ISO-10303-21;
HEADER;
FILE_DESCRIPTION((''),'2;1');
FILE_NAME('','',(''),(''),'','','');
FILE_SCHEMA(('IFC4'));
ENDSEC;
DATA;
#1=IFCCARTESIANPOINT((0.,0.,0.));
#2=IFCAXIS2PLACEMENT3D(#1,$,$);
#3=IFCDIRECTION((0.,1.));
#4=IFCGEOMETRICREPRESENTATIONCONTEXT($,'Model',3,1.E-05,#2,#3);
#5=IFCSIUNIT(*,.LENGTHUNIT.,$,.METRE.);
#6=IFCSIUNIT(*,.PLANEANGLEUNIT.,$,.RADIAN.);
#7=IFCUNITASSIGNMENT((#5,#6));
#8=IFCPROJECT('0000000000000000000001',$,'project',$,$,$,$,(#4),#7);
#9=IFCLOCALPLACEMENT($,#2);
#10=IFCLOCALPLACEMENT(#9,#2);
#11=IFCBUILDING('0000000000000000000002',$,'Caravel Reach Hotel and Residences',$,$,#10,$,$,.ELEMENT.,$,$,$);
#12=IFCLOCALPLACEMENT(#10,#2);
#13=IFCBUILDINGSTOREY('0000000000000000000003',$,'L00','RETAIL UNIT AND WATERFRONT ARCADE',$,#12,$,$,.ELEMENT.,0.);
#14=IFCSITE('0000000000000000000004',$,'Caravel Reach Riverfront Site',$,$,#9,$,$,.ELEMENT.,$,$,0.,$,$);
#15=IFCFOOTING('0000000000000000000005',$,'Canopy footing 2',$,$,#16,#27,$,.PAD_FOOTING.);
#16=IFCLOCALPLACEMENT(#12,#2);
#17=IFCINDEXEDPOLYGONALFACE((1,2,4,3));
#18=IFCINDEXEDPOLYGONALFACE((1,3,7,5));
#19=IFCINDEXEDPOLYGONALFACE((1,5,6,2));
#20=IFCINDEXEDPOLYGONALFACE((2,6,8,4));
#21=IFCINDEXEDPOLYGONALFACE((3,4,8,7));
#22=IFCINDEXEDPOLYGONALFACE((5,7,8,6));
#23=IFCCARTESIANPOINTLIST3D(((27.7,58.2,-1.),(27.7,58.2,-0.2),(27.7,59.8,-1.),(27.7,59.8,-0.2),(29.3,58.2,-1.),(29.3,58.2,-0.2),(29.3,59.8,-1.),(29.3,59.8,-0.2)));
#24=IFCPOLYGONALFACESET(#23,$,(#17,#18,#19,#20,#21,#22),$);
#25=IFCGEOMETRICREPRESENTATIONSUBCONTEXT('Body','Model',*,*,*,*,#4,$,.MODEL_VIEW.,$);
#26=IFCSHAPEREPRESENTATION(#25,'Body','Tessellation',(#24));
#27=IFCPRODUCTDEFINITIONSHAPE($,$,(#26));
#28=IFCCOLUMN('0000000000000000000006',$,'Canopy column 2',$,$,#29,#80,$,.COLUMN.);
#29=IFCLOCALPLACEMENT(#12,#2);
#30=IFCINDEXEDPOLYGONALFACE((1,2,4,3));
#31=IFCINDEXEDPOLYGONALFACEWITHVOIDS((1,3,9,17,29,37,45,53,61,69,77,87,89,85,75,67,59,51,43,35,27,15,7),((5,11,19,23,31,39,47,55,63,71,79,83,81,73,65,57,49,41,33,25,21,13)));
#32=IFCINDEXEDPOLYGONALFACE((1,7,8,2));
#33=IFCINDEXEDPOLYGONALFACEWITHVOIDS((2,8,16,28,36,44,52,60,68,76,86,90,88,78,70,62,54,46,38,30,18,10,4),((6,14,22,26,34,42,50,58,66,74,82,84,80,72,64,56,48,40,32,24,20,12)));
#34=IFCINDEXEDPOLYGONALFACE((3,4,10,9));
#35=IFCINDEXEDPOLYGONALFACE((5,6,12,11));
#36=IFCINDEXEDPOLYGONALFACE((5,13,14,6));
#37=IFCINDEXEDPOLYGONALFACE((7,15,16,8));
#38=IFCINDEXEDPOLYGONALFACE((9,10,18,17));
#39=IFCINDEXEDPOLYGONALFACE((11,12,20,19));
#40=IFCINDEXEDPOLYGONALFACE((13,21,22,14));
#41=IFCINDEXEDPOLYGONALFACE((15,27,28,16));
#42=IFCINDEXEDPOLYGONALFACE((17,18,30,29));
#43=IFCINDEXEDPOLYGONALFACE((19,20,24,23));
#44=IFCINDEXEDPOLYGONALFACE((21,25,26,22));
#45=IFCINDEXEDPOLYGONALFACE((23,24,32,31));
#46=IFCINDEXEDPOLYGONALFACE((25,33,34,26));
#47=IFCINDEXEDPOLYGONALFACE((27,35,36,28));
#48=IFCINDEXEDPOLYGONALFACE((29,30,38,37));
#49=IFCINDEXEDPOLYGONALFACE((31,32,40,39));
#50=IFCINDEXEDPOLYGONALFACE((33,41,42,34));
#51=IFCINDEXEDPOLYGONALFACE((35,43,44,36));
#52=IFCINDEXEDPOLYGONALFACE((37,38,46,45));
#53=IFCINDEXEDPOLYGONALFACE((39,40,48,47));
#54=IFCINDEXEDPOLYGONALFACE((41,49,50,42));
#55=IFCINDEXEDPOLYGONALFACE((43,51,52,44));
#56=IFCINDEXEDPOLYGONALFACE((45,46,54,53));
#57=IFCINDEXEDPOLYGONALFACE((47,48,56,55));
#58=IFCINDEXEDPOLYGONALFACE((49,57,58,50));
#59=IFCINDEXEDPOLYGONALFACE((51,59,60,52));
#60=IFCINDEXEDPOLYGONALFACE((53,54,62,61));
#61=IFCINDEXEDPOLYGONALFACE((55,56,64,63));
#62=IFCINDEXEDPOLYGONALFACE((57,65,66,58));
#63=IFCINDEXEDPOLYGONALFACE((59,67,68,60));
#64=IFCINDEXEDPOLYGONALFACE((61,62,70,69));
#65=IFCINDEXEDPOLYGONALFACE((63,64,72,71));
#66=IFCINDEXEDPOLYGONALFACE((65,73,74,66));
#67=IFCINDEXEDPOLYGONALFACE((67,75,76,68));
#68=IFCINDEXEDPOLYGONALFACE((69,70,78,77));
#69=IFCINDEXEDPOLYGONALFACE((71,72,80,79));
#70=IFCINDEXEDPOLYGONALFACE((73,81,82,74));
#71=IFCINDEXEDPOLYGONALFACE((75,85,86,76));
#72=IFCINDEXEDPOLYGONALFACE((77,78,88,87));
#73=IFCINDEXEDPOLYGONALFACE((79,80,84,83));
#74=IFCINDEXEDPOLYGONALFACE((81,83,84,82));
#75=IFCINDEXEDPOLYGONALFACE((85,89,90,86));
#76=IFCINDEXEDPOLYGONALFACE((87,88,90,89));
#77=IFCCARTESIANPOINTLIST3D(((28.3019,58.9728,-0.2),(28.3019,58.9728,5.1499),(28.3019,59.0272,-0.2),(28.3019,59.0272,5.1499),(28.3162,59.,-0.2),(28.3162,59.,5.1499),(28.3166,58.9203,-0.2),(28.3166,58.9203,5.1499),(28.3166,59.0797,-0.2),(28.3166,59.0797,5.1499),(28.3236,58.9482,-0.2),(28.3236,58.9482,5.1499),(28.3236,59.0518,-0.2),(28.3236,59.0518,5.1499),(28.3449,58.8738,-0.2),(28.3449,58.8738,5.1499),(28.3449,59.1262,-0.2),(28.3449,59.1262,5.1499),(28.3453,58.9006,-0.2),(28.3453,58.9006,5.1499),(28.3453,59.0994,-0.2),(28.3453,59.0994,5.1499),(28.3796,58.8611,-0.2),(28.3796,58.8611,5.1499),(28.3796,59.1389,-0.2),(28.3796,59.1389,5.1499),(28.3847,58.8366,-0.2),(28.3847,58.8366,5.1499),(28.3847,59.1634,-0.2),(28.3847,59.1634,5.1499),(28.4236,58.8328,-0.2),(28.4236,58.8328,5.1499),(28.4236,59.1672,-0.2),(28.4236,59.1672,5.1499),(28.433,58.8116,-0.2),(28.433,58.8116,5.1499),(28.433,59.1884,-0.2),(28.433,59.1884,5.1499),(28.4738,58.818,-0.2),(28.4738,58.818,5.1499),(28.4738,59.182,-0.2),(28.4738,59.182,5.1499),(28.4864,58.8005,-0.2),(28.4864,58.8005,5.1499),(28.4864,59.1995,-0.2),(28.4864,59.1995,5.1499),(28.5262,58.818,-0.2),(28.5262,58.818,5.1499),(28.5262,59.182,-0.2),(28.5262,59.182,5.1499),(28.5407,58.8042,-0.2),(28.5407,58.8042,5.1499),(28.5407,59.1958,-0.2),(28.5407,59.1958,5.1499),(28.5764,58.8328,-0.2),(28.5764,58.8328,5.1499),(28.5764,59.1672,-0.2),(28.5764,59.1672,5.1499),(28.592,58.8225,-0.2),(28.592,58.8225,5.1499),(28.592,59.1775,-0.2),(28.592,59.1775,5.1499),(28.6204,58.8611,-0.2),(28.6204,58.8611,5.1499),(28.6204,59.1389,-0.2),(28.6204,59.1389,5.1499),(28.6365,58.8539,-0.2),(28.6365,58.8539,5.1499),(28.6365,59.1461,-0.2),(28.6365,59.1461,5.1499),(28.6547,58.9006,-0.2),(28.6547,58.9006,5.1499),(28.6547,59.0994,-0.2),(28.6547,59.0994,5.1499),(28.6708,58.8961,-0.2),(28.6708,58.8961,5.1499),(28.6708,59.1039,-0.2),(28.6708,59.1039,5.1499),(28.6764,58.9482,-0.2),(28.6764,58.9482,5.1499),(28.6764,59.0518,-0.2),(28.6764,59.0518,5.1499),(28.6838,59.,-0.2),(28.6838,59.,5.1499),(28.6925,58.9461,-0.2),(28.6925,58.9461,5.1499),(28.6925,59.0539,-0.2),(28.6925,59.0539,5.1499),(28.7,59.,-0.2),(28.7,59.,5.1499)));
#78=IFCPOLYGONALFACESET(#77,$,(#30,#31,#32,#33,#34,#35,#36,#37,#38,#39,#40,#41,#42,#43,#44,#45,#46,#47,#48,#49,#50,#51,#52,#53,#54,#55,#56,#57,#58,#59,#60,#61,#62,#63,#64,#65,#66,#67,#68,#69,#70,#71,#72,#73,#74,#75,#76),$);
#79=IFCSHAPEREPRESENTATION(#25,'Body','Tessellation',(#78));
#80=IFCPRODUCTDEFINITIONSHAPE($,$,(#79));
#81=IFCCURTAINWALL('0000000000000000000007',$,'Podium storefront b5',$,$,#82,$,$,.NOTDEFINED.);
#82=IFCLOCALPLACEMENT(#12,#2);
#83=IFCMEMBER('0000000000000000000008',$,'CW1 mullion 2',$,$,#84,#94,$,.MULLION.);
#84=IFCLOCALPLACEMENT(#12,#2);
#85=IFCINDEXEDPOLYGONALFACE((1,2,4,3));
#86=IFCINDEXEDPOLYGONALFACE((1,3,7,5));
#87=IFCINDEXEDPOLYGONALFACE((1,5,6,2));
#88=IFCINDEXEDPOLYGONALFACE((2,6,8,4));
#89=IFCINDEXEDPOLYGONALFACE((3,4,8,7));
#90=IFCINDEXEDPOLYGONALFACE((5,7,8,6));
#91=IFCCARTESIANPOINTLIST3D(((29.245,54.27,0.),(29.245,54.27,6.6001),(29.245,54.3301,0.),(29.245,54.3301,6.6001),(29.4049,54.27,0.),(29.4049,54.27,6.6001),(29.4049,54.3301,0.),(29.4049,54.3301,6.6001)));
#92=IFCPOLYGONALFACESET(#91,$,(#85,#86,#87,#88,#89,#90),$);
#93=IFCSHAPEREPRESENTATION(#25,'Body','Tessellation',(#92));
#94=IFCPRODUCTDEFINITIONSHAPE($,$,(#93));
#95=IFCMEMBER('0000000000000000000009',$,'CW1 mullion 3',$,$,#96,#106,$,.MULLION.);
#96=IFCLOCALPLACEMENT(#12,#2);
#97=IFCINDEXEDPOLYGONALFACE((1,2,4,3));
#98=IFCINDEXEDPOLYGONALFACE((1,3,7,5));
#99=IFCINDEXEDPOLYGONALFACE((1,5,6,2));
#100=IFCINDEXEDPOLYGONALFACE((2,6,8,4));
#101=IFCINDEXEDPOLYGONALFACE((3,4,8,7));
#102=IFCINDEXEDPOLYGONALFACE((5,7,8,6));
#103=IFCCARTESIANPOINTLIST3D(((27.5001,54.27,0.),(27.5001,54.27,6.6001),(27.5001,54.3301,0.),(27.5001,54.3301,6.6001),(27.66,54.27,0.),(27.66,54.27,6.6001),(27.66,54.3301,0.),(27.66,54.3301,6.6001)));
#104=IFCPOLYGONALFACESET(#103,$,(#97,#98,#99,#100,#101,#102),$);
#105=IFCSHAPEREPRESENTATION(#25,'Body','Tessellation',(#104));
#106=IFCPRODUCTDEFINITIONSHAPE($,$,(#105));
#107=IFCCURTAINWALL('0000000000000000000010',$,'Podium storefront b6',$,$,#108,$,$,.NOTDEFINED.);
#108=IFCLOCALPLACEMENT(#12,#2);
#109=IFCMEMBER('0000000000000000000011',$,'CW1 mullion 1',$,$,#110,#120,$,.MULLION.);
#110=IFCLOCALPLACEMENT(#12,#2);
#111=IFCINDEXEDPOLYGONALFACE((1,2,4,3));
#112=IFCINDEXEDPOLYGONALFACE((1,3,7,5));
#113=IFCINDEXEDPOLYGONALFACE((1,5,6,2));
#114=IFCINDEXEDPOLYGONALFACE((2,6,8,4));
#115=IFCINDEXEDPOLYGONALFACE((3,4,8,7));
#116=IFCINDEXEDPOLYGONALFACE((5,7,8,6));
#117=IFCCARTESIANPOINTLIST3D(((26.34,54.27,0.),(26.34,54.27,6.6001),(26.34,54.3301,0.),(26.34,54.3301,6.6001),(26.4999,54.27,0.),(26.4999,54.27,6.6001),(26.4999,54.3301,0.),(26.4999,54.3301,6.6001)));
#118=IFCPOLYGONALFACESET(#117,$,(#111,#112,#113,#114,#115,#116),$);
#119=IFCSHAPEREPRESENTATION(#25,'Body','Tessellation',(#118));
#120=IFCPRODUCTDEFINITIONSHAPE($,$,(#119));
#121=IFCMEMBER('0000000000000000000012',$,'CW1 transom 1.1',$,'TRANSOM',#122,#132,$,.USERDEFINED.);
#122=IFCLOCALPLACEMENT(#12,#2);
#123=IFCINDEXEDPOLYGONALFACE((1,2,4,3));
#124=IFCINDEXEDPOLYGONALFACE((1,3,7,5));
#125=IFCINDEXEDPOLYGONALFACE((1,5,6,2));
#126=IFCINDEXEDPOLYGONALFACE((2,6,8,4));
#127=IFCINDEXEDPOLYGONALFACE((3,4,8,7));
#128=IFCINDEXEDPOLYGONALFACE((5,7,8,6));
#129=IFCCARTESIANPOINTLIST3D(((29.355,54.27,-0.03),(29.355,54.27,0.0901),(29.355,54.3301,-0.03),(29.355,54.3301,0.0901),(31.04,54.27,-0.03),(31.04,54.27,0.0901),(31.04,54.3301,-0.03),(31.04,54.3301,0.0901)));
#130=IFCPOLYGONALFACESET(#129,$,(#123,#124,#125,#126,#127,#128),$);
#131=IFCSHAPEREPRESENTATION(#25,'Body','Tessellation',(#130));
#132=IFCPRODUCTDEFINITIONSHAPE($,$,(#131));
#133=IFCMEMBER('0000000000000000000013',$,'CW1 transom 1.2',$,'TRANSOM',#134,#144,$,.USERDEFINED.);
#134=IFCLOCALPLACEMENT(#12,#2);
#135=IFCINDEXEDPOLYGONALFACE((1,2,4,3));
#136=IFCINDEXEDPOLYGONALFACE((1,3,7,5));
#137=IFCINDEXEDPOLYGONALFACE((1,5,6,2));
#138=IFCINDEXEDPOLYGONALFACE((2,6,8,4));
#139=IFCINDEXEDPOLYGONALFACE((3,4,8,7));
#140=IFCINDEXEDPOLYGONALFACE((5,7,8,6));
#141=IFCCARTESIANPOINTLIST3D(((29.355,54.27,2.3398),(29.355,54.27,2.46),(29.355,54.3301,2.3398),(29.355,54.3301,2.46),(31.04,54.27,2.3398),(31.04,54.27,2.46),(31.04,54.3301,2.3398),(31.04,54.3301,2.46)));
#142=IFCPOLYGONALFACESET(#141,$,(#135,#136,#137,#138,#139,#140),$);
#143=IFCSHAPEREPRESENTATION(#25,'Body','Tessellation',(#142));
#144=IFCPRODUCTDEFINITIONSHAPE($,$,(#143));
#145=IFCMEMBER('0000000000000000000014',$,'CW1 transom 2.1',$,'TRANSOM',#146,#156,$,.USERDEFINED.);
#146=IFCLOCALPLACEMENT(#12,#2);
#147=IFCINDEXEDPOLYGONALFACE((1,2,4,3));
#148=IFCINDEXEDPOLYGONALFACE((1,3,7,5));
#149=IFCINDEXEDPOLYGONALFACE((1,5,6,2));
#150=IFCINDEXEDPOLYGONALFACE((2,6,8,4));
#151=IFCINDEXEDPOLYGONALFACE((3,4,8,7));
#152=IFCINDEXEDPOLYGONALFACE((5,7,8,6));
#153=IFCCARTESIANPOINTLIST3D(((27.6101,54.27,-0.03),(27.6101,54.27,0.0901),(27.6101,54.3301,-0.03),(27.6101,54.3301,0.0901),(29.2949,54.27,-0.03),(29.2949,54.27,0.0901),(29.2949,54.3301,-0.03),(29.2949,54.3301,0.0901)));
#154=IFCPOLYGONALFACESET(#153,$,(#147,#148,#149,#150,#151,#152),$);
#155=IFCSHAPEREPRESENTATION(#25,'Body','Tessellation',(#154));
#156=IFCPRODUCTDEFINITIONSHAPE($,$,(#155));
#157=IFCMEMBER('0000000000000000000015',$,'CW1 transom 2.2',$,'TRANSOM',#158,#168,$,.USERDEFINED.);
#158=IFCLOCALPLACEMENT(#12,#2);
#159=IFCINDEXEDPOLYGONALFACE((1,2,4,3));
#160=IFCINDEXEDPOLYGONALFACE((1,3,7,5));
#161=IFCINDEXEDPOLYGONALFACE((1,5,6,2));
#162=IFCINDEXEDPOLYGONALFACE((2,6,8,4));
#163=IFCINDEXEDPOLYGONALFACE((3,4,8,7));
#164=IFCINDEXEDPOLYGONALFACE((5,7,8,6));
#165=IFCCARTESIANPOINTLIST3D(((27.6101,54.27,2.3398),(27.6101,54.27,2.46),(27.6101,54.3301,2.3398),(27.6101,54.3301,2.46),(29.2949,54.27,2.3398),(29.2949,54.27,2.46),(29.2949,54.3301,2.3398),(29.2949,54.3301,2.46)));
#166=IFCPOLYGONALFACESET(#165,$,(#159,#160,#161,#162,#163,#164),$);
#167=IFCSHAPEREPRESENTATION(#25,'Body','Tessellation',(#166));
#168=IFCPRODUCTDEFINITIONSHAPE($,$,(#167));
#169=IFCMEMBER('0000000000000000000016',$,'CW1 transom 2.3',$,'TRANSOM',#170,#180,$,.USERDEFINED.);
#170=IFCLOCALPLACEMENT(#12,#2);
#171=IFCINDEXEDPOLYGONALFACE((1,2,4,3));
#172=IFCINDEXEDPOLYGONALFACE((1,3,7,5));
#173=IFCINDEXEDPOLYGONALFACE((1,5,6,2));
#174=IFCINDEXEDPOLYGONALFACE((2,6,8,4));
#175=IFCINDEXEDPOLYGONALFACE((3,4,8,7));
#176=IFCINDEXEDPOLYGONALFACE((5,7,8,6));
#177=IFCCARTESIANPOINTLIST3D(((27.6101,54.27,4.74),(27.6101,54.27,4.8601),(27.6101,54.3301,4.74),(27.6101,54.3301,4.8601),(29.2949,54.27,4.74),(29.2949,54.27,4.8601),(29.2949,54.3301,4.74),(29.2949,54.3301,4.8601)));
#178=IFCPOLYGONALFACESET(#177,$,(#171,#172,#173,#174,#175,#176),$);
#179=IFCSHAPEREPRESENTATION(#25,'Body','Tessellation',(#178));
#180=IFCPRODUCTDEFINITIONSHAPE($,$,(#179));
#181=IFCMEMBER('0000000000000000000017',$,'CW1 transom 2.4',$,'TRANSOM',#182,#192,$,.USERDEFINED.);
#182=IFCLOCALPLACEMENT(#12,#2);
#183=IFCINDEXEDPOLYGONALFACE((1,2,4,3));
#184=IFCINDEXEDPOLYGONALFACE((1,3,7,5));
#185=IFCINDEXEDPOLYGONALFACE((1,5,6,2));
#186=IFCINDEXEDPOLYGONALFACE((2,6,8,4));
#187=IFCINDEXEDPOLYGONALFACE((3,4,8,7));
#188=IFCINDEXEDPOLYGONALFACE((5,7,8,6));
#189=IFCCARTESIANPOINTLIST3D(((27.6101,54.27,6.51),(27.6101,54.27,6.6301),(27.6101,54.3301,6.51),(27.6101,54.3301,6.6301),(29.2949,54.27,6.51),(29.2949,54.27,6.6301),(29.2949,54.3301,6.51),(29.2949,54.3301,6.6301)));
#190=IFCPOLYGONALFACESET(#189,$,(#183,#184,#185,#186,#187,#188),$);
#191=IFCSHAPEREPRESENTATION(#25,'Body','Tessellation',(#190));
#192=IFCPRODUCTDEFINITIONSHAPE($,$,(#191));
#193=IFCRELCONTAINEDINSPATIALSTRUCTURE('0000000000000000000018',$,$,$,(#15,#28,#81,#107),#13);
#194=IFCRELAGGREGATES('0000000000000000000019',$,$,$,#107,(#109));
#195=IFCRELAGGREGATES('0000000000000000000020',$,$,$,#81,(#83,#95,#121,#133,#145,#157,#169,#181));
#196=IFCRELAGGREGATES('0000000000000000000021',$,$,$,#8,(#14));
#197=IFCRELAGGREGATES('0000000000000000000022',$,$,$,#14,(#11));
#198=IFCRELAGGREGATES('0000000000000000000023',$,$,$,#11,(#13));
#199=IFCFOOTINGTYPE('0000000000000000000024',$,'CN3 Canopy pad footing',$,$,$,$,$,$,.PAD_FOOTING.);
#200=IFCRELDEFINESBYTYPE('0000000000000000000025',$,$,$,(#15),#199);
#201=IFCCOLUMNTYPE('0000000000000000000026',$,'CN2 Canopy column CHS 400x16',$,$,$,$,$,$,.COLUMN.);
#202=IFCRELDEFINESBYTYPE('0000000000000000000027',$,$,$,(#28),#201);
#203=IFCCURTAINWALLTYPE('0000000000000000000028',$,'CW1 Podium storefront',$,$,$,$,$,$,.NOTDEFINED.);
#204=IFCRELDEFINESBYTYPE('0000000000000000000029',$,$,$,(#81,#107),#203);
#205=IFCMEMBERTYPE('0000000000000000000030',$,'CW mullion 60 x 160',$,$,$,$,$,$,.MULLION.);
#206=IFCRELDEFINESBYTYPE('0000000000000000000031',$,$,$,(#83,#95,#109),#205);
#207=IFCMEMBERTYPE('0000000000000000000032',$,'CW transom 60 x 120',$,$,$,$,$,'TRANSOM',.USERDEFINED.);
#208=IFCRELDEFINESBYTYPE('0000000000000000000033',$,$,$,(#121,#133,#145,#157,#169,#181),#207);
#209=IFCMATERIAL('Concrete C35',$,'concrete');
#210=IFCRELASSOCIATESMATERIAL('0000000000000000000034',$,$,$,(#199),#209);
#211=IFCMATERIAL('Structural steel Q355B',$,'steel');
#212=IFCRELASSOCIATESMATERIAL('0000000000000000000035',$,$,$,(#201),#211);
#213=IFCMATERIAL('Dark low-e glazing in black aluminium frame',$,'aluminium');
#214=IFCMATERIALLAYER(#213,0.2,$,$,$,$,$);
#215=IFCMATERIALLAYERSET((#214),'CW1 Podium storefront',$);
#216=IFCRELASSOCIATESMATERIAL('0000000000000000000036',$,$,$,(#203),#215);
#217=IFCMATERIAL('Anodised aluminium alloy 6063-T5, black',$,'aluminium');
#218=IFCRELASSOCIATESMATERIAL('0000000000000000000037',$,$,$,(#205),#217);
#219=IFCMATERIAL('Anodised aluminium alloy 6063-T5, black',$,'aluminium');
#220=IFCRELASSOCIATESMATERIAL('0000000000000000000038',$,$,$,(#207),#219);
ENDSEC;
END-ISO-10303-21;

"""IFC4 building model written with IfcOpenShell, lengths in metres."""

from ifc_helpers import new_model, si_unit, direction, frame, origin, origin_2d, place, context, subcontext, project, spatial, rectangle, hollow_circle, extrude, material, layer, layer_set, material_profile, profile_set, type_object, element, aggregate, save


model = new_model("IFC4")

# Units and contexts
model_context = context("Model", 3, precision=1e-05, world=origin(), true_north=direction((0.0, 1.0)))
body_context = subcontext(model_context, "Body", "Model", "MODEL_VIEW")
ifc_project = project(units=[si_unit("LENGTHUNIT", "METRE"), si_unit("PLANEANGLEUNIT", "RADIAN")], contexts=[model_context])

# Site, building, storey
site_placement = place(None, origin())
site = spatial("IfcSite", under=ifc_project, at=site_placement, Name="Caravel Reach Riverfront Site", CompositionType="ELEMENT", RefElevation=0.0)
building_placement = place(site_placement, origin())
building = spatial("IfcBuilding", under=site, at=building_placement, Name="Caravel Reach Hotel and Residences", CompositionType="ELEMENT")
storey_placement = place(building_placement, origin())
storey = spatial("IfcBuildingStorey", under=building, at=storey_placement, Name="L00", Description="RETAIL UNIT AND WATERFRONT ARCADE", CompositionType="ELEMENT", Elevation=0.0)

# Footing
ifc_material_1 = material(Name="Concrete C35", Category="concrete")
footing_type = type_object("IfcFootingType", Name="CN3 Canopy pad footing", PredefinedType="PAD_FOOTING", material=ifc_material_1)
footing_placement = place(storey_placement, frame((28.5, 59.0, -1.0), z_axis=(0.0, 0.0, 1.0), x_axis=(1.0, 0.0, 0.0)))
element("IfcFooting", 1, at=footing_placement, inside=storey, type_object=footing_type, Name="Canopy footing 2", PredefinedType="PAD_FOOTING", context=body_context, shape_type="SweptSolid", body=[
    extrude(rectangle(XDim=1.6001, YDim=1.6001, at=origin_2d()), origin(), (0.0, 0.0, 1.0), 0.8),
])

# Column
ifc_material_2 = material(Name="Structural steel Q355B", Category="steel")
ifc_material_profile_1 = material_profile(ifc_material_2, hollow_circle(Radius=0.2, WallThickness=0.0161, at=origin_2d()), Name="CN2 Canopy column CHS 400x16")
ifc_profile_set_1 = profile_set([ifc_material_profile_1], Name="Structural steel Q355B")
column_type = type_object("IfcColumnType", Name="CN2 Canopy column CHS 400x16", PredefinedType="COLUMN", material=ifc_profile_set_1)
column_placement = place(storey_placement, frame((28.5, 59.0, -0.2), z_axis=(0.0, 0.0, 1.0), x_axis=(1.0, 0.0, 0.0)))
element("IfcColumn", 2, at=column_placement, inside=storey, type_object=column_type, Name="Canopy column 2", PredefinedType="COLUMN", context=body_context, shape_type="SweptSolid", body=[
    extrude(hollow_circle(Radius=0.2, WallThickness=0.0161, at=origin_2d()), origin(), (0.0, 0.0, 1.0), 5.3499),
])

# Curtain wall, members
ifc_material_3 = material(Name="Dark low-e glazing in black aluminium frame", Category="aluminium")
ifc_layer_1 = layer(ifc_material_3, 0.2)
ifc_layer_set_1 = layer_set([ifc_layer_1], Name="CW1 Podium storefront")
curtain_wall_type = type_object("IfcCurtainWallType", Name="CW1 Podium storefront", PredefinedType="NOTDEFINED", material=ifc_layer_set_1)
curtain_wall_1_placement = place(storey_placement, origin())
curtain_wall_1 = element("IfcCurtainWall", 3, at=curtain_wall_1_placement, inside=storey, type_object=curtain_wall_type, Name="Podium storefront b5", PredefinedType="NOTDEFINED")
ifc_material_4 = material(Name="Anodised aluminium alloy 6063-T5, black", Category="aluminium")
ifc_material_profile_2 = material_profile(ifc_material_4, rectangle(XDim=0.0601, YDim=0.1599, at=origin_2d()), Name="CW mullion 60 x 160")
ifc_profile_set_2 = profile_set([ifc_material_profile_2], Name="Anodised aluminium alloy 6063-T5, black")
member_type_1 = type_object("IfcMemberType", Name="CW mullion 60 x 160", PredefinedType="MULLION", material=ifc_profile_set_2)
member_1_placement = place(storey_placement, frame((29.325, 54.3, 0.0), z_axis=(0.0, 0.0, 1.0), x_axis=(0.0, -1.0, 0.0)))
member_1 = element("IfcMember", 4, at=member_1_placement, type_object=member_type_1, Name="CW1 mullion 2", PredefinedType="MULLION", context=body_context, shape_type="SweptSolid", body=[
    extrude(rectangle(XDim=0.0601, YDim=0.1599, at=origin_2d()), origin(), (0.0, 0.0, 1.0), 6.6001),
])
member_2_placement = place(storey_placement, frame((27.5801, 54.3, 0.0), z_axis=(0.0, 0.0, 1.0), x_axis=(0.0, -1.0, 0.0)))
member_2 = element("IfcMember", 5, at=member_2_placement, type_object=member_type_1, Name="CW1 mullion 3", PredefinedType="MULLION", context=body_context, shape_type="SweptSolid", body=[
    extrude(rectangle(XDim=0.0601, YDim=0.1599, at=origin_2d()), origin(), (0.0, 0.0, 1.0), 6.6001),
])

# Curtain wall, member
curtain_wall_2_placement = place(storey_placement, origin())
curtain_wall_2 = element("IfcCurtainWall", 6, at=curtain_wall_2_placement, inside=storey, type_object=curtain_wall_type, Name="Podium storefront b6", PredefinedType="NOTDEFINED")
member_3_placement = place(storey_placement, frame((26.4199, 54.3, 0.0), z_axis=(0.0, 0.0, 1.0), x_axis=(0.0, -1.0, 0.0)))
member_3 = element("IfcMember", 7, at=member_3_placement, type_object=member_type_1, Name="CW1 mullion 1", PredefinedType="MULLION", context=body_context, shape_type="SweptSolid", body=[
    extrude(rectangle(XDim=0.0601, YDim=0.1599, at=origin_2d()), origin(), (0.0, 0.0, 1.0), 6.6001),
])

# Members
ifc_material_5 = material(Name="Anodised aluminium alloy 6063-T5, black", Category="aluminium")
ifc_material_profile_3 = material_profile(ifc_material_5, rectangle(XDim=0.0601, YDim=0.1201, at=origin_2d()), Name="CW transom 60 x 120")
ifc_profile_set_3 = profile_set([ifc_material_profile_3], Name="Anodised aluminium alloy 6063-T5, black")
member_type_2 = type_object("IfcMemberType", Name="CW transom 60 x 120", ElementType="TRANSOM", PredefinedType="USERDEFINED", material=ifc_profile_set_3)
member_4_placement = place(storey_placement, frame((31.04, 54.3, 0.03), z_axis=(-1.0, 0.0, 0.0), x_axis=(0.0, -1.0, 0.0)))
member_4 = element("IfcMember", 8, at=member_4_placement, type_object=member_type_2, Name="CW1 transom 1.1", ObjectType="TRANSOM", PredefinedType="USERDEFINED", context=body_context, shape_type="SweptSolid", body=[
    extrude(rectangle(XDim=0.0601, YDim=0.1201, at=origin_2d()), origin(), (0.0, 0.0, 1.0), 1.6851),
])
member_5_placement = place(storey_placement, frame((31.04, 54.3, 2.3999), z_axis=(-1.0, 0.0, 0.0), x_axis=(0.0, -1.0, 0.0)))
member_5 = element("IfcMember", 9, at=member_5_placement, type_object=member_type_2, Name="CW1 transom 1.2", ObjectType="TRANSOM", PredefinedType="USERDEFINED", context=body_context, shape_type="SweptSolid", body=[
    extrude(rectangle(XDim=0.0601, YDim=0.1201, at=origin_2d()), origin(), (0.0, 0.0, 1.0), 1.6851),
])
member_6_placement = place(storey_placement, frame((29.2949, 54.3, 0.03), z_axis=(-1.0, 0.0, 0.0), x_axis=(0.0, -1.0, 0.0)))
member_6 = element("IfcMember", 10, at=member_6_placement, type_object=member_type_2, Name="CW1 transom 2.1", ObjectType="TRANSOM", PredefinedType="USERDEFINED", context=body_context, shape_type="SweptSolid", body=[
    extrude(rectangle(XDim=0.0601, YDim=0.1201, at=origin_2d()), origin(), (0.0, 0.0, 1.0), 1.6848),
])
member_7_placement = place(storey_placement, frame((29.2949, 54.3, 2.3999), z_axis=(-1.0, 0.0, 0.0), x_axis=(0.0, -1.0, 0.0)))
member_7 = element("IfcMember", 11, at=member_7_placement, type_object=member_type_2, Name="CW1 transom 2.2", ObjectType="TRANSOM", PredefinedType="USERDEFINED", context=body_context, shape_type="SweptSolid", body=[
    extrude(rectangle(XDim=0.0601, YDim=0.1201, at=origin_2d()), origin(), (0.0, 0.0, 1.0), 1.6848),
])
member_8_placement = place(storey_placement, frame((29.2949, 54.3, 4.8), z_axis=(-1.0, 0.0, 0.0), x_axis=(0.0, -1.0, 0.0)))
member_8 = element("IfcMember", 12, at=member_8_placement, type_object=member_type_2, Name="CW1 transom 2.3", ObjectType="TRANSOM", PredefinedType="USERDEFINED", context=body_context, shape_type="SweptSolid", body=[
    extrude(rectangle(XDim=0.0601, YDim=0.1201, at=origin_2d()), origin(), (0.0, 0.0, 1.0), 1.6848),
])
member_9_placement = place(storey_placement, frame((29.2949, 54.3, 6.5701), z_axis=(-1.0, 0.0, 0.0), x_axis=(0.0, -1.0, 0.0)))
member_9 = element("IfcMember", 13, at=member_9_placement, type_object=member_type_2, Name="CW1 transom 2.4", ObjectType="TRANSOM", PredefinedType="USERDEFINED", context=body_context, shape_type="SweptSolid", body=[
    extrude(rectangle(XDim=0.0601, YDim=0.1201, at=origin_2d()), origin(), (0.0, 0.0, 1.0), 1.6848),
])
aggregate(curtain_wall_2, [member_3])

aggregate(curtain_wall_1, [member_1, member_2, member_4, member_5, member_6, member_7, member_8, member_9])

save(model, "model.ifc")
